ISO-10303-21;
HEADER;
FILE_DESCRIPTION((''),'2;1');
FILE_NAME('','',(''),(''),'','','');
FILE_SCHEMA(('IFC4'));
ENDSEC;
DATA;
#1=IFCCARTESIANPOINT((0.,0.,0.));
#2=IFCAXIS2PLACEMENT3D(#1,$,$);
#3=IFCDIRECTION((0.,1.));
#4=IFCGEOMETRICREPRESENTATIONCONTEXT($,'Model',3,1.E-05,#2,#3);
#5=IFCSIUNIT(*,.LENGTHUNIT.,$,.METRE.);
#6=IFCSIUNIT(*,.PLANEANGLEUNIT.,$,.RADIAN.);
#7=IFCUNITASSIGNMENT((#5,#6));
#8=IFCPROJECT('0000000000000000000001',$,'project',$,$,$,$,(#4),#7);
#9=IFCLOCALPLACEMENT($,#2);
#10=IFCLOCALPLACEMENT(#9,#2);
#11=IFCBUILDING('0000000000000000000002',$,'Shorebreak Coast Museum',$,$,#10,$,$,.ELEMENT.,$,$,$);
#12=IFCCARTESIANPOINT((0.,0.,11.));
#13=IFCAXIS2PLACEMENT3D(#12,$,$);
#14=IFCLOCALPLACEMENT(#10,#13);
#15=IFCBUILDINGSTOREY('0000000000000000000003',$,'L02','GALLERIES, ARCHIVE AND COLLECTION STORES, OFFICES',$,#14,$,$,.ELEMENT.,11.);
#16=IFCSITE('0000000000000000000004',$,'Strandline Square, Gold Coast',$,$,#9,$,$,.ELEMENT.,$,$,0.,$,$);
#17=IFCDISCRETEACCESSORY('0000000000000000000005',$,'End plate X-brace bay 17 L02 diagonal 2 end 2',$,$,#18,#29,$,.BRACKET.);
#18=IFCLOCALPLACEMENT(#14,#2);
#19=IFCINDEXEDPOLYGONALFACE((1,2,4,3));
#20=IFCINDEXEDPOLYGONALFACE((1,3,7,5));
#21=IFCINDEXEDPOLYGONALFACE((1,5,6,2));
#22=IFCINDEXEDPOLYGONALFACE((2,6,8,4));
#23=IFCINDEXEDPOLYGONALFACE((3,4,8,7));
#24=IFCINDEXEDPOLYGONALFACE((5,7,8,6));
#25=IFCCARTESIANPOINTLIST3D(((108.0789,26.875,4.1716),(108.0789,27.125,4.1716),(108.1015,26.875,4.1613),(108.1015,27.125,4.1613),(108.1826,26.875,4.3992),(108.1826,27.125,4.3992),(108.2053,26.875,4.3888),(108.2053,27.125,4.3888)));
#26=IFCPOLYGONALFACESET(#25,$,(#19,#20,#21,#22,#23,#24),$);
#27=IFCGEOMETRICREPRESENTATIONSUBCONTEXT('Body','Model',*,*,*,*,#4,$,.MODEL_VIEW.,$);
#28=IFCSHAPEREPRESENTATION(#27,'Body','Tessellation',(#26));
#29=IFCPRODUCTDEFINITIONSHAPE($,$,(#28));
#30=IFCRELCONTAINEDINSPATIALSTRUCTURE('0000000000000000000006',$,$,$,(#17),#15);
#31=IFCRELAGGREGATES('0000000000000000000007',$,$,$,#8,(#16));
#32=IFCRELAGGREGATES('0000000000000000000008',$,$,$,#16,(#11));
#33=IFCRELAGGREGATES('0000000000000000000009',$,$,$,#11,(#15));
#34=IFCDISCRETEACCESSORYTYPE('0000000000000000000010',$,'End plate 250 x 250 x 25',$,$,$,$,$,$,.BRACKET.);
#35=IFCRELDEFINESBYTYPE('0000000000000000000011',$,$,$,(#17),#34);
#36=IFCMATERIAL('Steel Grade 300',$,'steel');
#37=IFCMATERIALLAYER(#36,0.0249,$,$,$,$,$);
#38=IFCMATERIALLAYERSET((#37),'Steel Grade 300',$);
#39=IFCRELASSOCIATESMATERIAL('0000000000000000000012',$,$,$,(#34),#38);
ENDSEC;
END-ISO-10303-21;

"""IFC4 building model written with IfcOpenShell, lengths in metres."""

from ifc_helpers import new_model, si_unit, direction, frame, origin, place, context, subcontext, project, spatial, polyline, outline, extrude, material, layer, layer_set, type_object, element, save


model = new_model("IFC4")

# Units and contexts
model_context = context("Model", 3, precision=1e-05, world=origin(), true_north=direction((0.0, 1.0)))
body_context = subcontext(model_context, "Body", "Model", "MODEL_VIEW")
ifc_project = project(units=[si_unit("LENGTHUNIT", "METRE"), si_unit("PLANEANGLEUNIT", "RADIAN")], contexts=[model_context])

# Site, building, storey
site_placement = place(None, origin())
site = spatial("IfcSite", under=ifc_project, at=site_placement, Name="Strandline Square, Gold Coast", CompositionType="ELEMENT", RefElevation=0.0)
building_placement = place(site_placement, origin())
building = spatial("IfcBuilding", under=site, at=building_placement, Name="Shorebreak Coast Museum", CompositionType="ELEMENT")
storey_placement = place(building_placement, frame((0.0, 0.0, 11.0)))
storey = spatial("IfcBuildingStorey", under=building, at=storey_placement, Name="L02", Description="GALLERIES, ARCHIVE AND COLLECTION STORES, OFFICES", CompositionType="ELEMENT", Elevation=11.0)

# Discrete accessory
ifc_material_1 = material(Name="Steel Grade 300", Category="steel")
ifc_layer_1 = layer(ifc_material_1, 0.0249)
ifc_layer_set_1 = layer_set([ifc_layer_1], Name="Steel Grade 300")
discrete_accessory_type = type_object("IfcDiscreteAccessoryType", Name="End plate 250 x 250 x 25", PredefinedType="BRACKET", material=ifc_layer_set_1)
discrete_accessory_1_placement = place(storey_placement, frame((108.0789, 27.125, 4.1716), z_axis=(-0.909864, 0.0, 0.414906), x_axis=(0.0, -1.0, 0.0)))
element("IfcDiscreteAccessory", 1, at=discrete_accessory_1_placement, inside=storey, type_object=discrete_accessory_type, Name="End plate X-brace bay 17 L02 diagonal 2 end 2", PredefinedType="BRACKET", context=body_context, shape_type="SweptSolid", body=[
    extrude(outline(polyline([(0.0, 0.0), (0.25, 0.0), (0.25, 0.2501), (0.0, 0.2501), (0.0, 0.0)])), origin(), (0.0, 0.0, -1.0), 0.0249),
])

save(model, "model.ifc")
